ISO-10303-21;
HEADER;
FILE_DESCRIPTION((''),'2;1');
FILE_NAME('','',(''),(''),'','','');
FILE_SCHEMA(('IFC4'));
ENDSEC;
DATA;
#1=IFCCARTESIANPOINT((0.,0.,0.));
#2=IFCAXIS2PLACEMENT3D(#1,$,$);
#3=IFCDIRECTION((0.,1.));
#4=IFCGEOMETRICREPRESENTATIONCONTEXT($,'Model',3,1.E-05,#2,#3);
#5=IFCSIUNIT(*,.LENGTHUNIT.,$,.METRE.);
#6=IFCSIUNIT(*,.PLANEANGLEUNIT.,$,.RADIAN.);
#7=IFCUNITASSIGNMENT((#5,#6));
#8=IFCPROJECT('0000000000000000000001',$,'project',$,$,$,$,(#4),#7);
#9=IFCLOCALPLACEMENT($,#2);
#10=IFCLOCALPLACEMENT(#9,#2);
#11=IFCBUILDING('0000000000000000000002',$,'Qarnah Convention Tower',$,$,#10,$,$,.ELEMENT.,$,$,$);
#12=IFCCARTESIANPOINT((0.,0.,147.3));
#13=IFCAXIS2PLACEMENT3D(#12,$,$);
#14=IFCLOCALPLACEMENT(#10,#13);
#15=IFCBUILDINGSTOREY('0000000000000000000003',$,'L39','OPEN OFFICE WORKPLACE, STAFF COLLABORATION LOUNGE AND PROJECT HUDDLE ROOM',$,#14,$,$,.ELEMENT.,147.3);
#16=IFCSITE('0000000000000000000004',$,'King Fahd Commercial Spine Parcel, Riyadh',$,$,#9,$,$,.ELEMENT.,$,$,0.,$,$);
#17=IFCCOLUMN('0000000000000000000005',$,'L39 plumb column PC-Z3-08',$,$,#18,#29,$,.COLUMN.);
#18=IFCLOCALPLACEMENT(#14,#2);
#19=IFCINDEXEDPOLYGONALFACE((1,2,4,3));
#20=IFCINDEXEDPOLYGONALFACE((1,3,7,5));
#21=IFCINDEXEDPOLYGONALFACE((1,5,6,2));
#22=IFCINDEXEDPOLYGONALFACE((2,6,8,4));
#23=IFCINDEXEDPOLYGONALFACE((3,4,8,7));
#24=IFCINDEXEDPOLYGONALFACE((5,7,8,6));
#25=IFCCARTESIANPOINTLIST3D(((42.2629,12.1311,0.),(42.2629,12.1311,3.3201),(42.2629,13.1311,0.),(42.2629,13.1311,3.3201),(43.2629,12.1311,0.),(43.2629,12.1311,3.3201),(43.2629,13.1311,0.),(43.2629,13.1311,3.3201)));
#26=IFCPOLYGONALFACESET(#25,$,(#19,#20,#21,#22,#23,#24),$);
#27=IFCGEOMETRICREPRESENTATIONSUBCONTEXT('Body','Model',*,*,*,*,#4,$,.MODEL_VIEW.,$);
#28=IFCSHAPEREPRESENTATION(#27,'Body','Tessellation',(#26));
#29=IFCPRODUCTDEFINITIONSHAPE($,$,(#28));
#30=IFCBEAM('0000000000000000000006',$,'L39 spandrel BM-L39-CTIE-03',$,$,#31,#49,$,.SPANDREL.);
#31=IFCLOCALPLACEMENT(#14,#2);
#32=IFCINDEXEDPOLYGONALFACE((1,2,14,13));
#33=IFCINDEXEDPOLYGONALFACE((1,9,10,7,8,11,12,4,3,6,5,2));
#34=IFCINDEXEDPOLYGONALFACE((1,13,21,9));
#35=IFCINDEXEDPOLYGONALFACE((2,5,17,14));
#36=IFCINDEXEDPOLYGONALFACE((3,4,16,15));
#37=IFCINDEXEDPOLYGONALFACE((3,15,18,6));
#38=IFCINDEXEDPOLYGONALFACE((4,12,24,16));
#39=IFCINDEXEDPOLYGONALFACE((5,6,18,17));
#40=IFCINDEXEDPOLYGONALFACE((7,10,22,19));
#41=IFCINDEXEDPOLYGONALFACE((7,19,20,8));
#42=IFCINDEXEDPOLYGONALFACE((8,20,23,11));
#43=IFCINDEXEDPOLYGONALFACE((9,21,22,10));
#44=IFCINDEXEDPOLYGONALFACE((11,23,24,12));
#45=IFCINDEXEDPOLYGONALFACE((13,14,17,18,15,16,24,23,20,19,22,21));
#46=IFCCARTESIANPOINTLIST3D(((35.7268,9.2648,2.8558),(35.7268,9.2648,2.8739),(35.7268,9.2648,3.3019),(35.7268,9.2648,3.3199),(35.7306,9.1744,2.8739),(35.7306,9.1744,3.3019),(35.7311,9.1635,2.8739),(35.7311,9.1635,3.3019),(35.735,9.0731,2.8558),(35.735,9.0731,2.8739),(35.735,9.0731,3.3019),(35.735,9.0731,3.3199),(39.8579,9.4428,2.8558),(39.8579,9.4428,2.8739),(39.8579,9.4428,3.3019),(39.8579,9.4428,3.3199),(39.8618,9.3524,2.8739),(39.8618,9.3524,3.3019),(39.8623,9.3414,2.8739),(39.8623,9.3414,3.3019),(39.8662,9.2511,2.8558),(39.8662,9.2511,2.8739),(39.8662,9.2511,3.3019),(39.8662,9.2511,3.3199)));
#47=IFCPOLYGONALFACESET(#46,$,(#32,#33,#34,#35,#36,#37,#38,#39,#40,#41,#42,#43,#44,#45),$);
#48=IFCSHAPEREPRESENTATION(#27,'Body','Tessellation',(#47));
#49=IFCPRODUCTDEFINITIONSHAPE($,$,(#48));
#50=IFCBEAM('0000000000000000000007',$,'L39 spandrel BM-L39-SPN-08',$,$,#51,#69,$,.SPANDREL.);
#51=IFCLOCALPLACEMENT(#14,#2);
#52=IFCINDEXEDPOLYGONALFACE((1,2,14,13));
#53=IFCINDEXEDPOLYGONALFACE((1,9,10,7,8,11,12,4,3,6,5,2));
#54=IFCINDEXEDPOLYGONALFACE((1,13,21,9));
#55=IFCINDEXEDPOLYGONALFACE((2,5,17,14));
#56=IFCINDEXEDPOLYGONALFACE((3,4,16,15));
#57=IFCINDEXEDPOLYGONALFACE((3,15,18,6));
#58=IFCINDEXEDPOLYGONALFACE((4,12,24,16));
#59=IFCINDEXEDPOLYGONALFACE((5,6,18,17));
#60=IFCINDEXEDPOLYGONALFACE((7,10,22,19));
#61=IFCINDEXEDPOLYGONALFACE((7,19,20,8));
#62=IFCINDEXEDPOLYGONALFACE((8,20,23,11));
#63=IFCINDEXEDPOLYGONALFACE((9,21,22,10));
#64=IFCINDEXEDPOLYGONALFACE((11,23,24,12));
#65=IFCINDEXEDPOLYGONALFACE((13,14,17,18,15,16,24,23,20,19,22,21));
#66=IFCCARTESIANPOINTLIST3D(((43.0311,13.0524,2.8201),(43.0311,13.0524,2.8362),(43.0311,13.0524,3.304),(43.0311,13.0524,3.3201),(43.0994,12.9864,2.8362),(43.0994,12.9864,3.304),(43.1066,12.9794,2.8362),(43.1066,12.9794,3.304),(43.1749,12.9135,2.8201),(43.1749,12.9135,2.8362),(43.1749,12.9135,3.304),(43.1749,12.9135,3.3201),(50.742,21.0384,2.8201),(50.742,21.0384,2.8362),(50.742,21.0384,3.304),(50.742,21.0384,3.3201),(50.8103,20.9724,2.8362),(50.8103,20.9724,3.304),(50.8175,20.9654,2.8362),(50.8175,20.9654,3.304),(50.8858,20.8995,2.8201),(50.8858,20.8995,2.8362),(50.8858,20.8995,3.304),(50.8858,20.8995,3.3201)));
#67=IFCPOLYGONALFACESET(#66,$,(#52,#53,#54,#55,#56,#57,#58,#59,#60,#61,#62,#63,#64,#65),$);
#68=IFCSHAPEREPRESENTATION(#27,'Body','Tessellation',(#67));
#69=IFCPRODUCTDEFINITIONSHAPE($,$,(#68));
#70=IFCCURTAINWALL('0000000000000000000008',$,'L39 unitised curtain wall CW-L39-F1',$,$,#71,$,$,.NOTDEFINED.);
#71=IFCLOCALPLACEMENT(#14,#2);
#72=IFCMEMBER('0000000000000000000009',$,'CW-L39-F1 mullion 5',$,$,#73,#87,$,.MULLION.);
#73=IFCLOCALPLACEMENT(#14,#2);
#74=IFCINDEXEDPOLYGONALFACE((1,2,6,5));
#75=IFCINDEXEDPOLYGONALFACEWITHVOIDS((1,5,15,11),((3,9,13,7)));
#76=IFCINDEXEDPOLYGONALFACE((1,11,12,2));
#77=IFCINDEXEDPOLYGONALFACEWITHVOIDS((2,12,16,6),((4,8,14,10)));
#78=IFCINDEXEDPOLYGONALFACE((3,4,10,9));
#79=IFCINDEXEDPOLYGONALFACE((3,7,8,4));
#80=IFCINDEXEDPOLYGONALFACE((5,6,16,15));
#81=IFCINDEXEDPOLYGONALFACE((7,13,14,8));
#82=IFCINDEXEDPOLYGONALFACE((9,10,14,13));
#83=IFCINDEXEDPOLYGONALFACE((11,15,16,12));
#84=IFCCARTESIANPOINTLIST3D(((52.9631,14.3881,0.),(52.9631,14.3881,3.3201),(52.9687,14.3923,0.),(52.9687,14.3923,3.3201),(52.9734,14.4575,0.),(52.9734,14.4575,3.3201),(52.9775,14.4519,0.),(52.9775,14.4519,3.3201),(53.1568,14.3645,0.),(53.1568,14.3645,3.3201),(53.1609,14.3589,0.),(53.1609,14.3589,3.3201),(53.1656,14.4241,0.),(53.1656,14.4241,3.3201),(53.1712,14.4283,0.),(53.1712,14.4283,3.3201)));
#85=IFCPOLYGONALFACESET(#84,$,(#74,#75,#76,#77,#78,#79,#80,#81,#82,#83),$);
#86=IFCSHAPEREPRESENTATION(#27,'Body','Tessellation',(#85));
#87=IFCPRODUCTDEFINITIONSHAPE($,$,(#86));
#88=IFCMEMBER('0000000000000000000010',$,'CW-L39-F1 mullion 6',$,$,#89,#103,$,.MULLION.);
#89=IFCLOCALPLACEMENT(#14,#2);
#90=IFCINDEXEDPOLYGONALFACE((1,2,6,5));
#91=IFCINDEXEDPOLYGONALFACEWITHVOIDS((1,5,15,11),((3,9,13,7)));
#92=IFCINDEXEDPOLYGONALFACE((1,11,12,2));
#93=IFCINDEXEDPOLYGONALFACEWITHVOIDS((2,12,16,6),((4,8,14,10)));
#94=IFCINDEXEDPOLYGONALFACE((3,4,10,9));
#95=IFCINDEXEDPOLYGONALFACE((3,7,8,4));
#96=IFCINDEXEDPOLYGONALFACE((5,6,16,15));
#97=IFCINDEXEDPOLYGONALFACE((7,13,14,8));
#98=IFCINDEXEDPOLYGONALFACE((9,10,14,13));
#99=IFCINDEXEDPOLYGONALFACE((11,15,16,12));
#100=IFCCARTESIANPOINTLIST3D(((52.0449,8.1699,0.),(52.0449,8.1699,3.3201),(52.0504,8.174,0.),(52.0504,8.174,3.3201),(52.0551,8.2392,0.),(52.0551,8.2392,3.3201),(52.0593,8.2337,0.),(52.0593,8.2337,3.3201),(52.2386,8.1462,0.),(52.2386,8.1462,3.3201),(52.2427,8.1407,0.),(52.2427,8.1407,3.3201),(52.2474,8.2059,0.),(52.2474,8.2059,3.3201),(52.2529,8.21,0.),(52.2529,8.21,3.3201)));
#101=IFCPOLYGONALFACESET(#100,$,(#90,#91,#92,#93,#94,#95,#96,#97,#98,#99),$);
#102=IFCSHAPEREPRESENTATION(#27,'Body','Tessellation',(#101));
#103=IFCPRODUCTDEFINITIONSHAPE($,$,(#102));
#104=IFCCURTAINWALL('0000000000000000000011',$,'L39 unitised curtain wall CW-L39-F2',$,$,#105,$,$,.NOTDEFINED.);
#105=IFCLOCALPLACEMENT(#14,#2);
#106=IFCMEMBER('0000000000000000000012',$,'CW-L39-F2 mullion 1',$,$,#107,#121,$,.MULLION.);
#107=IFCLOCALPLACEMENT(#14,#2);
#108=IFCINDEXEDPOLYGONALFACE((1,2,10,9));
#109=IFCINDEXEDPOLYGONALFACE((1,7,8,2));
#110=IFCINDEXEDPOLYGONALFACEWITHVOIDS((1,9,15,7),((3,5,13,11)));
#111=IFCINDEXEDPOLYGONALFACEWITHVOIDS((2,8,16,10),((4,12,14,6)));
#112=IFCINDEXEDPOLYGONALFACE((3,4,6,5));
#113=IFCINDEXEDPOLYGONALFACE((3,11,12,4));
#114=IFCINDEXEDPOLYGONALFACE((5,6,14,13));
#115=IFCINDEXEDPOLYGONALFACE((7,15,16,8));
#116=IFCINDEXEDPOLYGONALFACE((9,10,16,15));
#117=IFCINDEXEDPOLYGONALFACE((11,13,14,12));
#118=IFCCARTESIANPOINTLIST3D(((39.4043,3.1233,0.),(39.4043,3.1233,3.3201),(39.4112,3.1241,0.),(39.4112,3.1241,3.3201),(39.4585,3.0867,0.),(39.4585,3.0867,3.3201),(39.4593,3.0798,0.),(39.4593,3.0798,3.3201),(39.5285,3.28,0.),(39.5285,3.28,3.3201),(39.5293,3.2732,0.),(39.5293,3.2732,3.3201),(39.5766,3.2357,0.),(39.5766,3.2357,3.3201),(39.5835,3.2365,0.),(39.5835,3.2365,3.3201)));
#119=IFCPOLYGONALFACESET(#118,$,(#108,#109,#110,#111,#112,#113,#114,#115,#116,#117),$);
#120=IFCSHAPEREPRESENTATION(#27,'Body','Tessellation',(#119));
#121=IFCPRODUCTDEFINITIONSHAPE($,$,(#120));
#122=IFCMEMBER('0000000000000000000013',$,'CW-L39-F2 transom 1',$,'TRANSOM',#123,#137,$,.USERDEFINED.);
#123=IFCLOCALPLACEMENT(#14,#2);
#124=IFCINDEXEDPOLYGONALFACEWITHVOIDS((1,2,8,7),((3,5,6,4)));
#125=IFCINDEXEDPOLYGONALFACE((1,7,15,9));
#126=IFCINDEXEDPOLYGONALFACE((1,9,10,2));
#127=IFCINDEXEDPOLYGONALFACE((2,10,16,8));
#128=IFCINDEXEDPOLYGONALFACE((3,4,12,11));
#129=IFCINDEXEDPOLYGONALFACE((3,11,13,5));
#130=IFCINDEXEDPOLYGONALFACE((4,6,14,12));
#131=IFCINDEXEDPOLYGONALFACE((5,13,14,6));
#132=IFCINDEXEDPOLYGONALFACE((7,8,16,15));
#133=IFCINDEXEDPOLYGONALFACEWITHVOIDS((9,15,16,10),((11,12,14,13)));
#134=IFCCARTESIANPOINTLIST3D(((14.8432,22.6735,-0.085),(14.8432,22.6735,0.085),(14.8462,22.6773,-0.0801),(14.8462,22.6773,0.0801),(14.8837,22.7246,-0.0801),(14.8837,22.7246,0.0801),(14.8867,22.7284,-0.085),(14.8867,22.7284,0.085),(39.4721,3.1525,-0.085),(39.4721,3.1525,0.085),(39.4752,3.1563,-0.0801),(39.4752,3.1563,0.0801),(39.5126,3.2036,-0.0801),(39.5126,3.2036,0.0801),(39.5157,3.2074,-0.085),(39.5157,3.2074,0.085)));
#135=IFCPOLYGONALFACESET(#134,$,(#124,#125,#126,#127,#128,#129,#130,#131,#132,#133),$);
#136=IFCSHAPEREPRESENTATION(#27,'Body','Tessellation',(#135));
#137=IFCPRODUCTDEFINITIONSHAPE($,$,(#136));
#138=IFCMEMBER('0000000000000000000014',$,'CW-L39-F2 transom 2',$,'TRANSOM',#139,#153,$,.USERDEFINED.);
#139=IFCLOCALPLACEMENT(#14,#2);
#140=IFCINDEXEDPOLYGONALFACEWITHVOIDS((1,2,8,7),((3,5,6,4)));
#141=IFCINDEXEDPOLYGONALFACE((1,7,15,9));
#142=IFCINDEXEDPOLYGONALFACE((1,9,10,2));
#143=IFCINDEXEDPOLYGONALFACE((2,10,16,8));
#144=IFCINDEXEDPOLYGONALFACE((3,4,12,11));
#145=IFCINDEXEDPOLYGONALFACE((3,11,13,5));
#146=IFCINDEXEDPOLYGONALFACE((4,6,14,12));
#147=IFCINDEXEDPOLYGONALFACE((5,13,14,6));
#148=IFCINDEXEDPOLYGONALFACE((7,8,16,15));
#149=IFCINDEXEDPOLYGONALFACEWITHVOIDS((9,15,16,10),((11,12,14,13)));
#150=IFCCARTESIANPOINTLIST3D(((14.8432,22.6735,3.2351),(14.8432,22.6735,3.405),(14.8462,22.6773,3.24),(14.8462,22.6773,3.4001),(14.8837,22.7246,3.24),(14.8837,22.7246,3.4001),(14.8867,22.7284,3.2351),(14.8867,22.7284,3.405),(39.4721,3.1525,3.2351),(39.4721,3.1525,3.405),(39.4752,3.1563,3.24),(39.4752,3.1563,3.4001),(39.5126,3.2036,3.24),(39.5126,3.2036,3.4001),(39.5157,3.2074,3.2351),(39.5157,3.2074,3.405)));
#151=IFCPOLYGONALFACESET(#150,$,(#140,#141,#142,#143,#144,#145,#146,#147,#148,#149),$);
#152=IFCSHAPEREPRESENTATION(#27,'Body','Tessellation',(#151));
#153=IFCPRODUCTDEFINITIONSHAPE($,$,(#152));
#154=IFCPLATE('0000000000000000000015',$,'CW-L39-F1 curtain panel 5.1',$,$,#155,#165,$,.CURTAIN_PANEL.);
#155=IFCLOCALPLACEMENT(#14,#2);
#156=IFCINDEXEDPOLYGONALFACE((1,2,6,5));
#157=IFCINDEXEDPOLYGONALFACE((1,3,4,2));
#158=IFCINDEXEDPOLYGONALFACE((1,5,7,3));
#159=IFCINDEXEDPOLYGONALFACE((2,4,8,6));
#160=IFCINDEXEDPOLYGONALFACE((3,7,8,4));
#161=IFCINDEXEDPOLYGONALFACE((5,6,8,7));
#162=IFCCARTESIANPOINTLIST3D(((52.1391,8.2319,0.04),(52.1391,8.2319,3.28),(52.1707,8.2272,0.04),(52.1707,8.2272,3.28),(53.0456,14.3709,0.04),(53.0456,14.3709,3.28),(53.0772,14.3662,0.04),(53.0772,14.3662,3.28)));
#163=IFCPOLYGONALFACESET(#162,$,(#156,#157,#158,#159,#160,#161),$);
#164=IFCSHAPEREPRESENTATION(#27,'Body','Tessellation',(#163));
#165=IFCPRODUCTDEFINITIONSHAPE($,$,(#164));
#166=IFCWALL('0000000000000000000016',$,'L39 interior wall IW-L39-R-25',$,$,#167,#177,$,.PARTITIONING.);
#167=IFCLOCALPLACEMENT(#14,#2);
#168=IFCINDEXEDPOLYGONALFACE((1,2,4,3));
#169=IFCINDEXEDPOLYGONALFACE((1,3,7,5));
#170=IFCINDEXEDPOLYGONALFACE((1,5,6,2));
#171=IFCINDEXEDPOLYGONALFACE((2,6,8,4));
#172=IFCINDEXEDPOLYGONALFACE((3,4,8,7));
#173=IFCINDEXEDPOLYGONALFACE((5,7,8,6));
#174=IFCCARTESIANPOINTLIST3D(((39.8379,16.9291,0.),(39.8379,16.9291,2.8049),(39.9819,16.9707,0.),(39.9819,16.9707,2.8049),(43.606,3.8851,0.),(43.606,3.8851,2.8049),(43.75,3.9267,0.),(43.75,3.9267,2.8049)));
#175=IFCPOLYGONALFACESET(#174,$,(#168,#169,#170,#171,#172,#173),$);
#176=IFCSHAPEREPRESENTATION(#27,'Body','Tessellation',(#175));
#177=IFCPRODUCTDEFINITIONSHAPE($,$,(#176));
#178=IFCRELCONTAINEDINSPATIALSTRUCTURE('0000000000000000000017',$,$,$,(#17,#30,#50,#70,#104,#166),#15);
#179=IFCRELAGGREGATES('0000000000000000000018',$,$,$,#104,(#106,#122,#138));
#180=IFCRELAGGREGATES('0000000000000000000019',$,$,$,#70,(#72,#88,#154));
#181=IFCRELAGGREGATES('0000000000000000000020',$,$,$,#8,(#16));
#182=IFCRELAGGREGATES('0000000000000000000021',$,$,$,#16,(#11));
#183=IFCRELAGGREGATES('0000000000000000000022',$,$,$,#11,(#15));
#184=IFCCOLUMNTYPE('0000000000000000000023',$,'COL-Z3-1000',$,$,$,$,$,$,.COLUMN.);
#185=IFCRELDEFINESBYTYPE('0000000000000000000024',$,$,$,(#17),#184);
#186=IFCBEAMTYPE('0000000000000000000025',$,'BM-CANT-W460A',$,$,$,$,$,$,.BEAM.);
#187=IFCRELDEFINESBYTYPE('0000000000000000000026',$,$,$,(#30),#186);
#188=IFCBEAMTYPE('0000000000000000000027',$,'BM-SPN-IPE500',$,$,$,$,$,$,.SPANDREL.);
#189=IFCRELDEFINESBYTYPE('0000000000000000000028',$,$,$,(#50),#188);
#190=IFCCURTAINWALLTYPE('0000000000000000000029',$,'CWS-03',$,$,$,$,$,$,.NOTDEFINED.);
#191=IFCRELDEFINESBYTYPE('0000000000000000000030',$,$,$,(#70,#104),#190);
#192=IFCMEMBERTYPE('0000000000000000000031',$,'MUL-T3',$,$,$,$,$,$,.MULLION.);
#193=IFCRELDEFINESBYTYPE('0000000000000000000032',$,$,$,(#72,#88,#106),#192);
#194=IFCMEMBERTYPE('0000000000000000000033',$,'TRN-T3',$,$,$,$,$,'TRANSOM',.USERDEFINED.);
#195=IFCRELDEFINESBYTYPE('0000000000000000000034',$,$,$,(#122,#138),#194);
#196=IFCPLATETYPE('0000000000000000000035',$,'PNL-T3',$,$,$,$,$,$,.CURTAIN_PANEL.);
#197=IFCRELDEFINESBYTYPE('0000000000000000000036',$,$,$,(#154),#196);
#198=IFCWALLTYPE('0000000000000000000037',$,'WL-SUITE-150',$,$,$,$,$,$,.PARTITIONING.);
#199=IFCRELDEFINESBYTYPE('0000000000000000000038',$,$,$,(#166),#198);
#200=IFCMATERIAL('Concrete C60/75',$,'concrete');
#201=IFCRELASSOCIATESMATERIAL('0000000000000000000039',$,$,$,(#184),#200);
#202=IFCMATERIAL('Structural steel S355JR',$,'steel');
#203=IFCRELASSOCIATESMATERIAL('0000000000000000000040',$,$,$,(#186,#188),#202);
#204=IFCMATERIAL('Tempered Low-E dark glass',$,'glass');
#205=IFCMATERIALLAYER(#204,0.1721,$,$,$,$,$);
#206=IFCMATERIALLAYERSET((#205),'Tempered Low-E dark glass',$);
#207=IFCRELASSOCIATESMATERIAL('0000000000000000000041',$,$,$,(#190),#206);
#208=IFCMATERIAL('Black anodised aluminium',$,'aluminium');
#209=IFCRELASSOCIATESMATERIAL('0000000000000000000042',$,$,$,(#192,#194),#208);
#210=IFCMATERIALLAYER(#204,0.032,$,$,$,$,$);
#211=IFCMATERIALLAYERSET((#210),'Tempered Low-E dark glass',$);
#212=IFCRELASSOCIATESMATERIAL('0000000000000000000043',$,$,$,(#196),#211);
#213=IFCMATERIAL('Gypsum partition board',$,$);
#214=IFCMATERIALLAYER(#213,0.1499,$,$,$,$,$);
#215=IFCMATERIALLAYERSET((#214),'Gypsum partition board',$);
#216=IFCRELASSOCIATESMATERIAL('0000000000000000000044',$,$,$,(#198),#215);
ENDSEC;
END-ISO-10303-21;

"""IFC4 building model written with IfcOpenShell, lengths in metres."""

from ifc_helpers import new_model, si_unit, direction, frame, frame_2d, origin, origin_2d, place, context, subcontext, project, spatial, rectangle, hollow_rectangle, i_section, extrude, material, layer, layer_set, material_profile, profile_set, type_object, element, aggregate, save


model = new_model("IFC4")

# Units and contexts
model_context = context("Model", 3, precision=1e-05, world=origin(), true_north=direction((0.0, 1.0)))
body_context = subcontext(model_context, "Body", "Model", "MODEL_VIEW")
ifc_project = project(units=[si_unit("LENGTHUNIT", "METRE"), si_unit("PLANEANGLEUNIT", "RADIAN")], contexts=[model_context])

# Site, building, storey
site_placement = place(None, origin())
site = spatial("IfcSite", under=ifc_project, at=site_placement, Name="King Fahd Commercial Spine Parcel, Riyadh", CompositionType="ELEMENT", RefElevation=0.0)
building_placement = place(site_placement, origin())
building = spatial("IfcBuilding", under=site, at=building_placement, Name="Qarnah Convention Tower", CompositionType="ELEMENT")
storey_placement = place(building_placement, frame((0.0, 0.0, 147.3)))
storey = spatial("IfcBuildingStorey", under=building, at=storey_placement, Name="L39", Description="OPEN OFFICE WORKPLACE, STAFF COLLABORATION LOUNGE AND PROJECT HUDDLE ROOM", CompositionType="ELEMENT", Elevation=147.3)

# Column
ifc_material_1 = material(Name="Concrete C60/75", Category="concrete")
ifc_material_profile_1 = material_profile(ifc_material_1, rectangle(XDim=1.0, YDim=1.0, at=origin_2d()), Name="RC-COL-1000X1000")
ifc_profile_set_1 = profile_set([ifc_material_profile_1], Name="Concrete C60/75")
column_type = type_object("IfcColumnType", Name="COL-Z3-1000", PredefinedType="COLUMN", material=ifc_profile_set_1)
column_placement = place(storey_placement, frame((42.7629, 12.6311, 0.0), z_axis=(0.0, 0.0, 1.0), x_axis=(1.0, 0.0, 0.0)))
element("IfcColumn", 1, at=column_placement, inside=storey, type_object=column_type, Name="L39 plumb column PC-Z3-08", PredefinedType="COLUMN", context=body_context, shape_type="SweptSolid", body=[
    extrude(rectangle(XDim=1.0, YDim=1.0, at=origin_2d()), origin(), (0.0, 0.0, 1.0), 3.3201),
])

# Beams
ifc_material_2 = material(Name="Structural steel S355JR", Category="steel")
ifc_material_profile_2 = material_profile(ifc_material_2, i_section(OverallWidth=0.1919, OverallDepth=0.4641, WebThickness=0.011, FlangeThickness=0.0181, at=origin_2d()), Name="W460X89")
ifc_profile_set_2 = profile_set([ifc_material_profile_2], Name="Structural steel S355JR")
beam_type_1 = type_object("IfcBeamType", Name="BM-CANT-W460A", PredefinedType="BEAM", material=ifc_profile_set_2)
beam_1_placement = place(storey_placement, frame((39.8621, 9.3469, 3.0879), z_axis=(-0.999073, -0.043043, 0.0), x_axis=(0.043043, -0.999073, 0.0)))
element("IfcBeam", 2, at=beam_1_placement, inside=storey, type_object=beam_type_1, Name="L39 spandrel BM-L39-CTIE-03", PredefinedType="SPANDREL", context=body_context, shape_type="SweptSolid", body=[
    extrude(i_section(OverallWidth=0.1919, OverallDepth=0.4641, WebThickness=0.011, FlangeThickness=0.0181, at=origin_2d()), origin(), (0.0, 0.0, 1.0), 4.135),
])
ifc_material_profile_3 = material_profile(ifc_material_2, i_section(OverallWidth=0.2, OverallDepth=0.5, WebThickness=0.01, FlangeThickness=0.0161, at=origin_2d()), Name="IPE500")
ifc_profile_set_3 = profile_set([ifc_material_profile_3], Name="Structural steel S355JR")
beam_type_2 = type_object("IfcBeamType", Name="BM-SPN-IPE500", PredefinedType="SPANDREL", material=ifc_profile_set_3)
beam_2_placement = place(storey_placement, frame((43.103, 12.9829, 3.0701), z_axis=(0.694606, 0.719391, 0.0), x_axis=(-0.719391, 0.694606, 0.0)))
element("IfcBeam", 3, at=beam_2_placement, inside=storey, type_object=beam_type_2, Name="L39 spandrel BM-L39-SPN-08", PredefinedType="SPANDREL", context=body_context, shape_type="SweptSolid", body=[
    extrude(i_section(OverallWidth=0.2, OverallDepth=0.5, WebThickness=0.01, FlangeThickness=0.0161, at=origin_2d()), origin(), (0.0, 0.0, 1.0), 11.1011),
])

# Curtain walls, members
ifc_material_3 = material(Name="Tempered Low-E dark glass", Category="glass")
ifc_layer_1 = layer(ifc_material_3, 0.1721)
ifc_layer_set_1 = layer_set([ifc_layer_1], Name="Tempered Low-E dark glass")
curtain_wall_type = type_object("IfcCurtainWallType", Name="CWS-03", PredefinedType="NOTDEFINED", material=ifc_layer_set_1)
curtain_wall_1_placement = place(storey_placement, origin())
curtain_wall_1 = element("IfcCurtainWall", 4, at=curtain_wall_1_placement, inside=storey, type_object=curtain_wall_type, Name="L39 unitised curtain wall CW-L39-F1", PredefinedType="NOTDEFINED")
ifc_material_4 = material(Name="Black anodised aluminium", Category="aluminium")
ifc_material_profile_4 = material_profile(ifc_material_4, hollow_rectangle(XDim=0.0701, YDim=0.2, WallThickness=0.0049, at=origin_2d()), Name="MUL-70X200")
ifc_profile_set_4 = profile_set([ifc_material_profile_4], Name="Black anodised aluminium")
member_type_1 = type_object("IfcMemberType", Name="MUL-T3", PredefinedType="MULLION", material=ifc_profile_set_4)
member_1_placement = place(storey_placement, frame((53.0671, 14.4082, 0.0), z_axis=(0.0, 0.0, 1.0), x_axis=(-0.146079, -0.989273, 0.0)))
member_1 = element("IfcMember", 5, at=member_1_placement, type_object=member_type_1, Name="CW-L39-F1 mullion 5", PredefinedType="MULLION", context=body_context, shape_type="SweptSolid", body=[
    extrude(hollow_rectangle(XDim=0.0701, YDim=0.2, WallThickness=0.0049, at=origin_2d()), origin(), (0.0, 0.0, 1.0), 3.3201),
])
member_2_placement = place(storey_placement, frame((52.1489, 8.1899, 0.0), z_axis=(0.0, 0.0, 1.0), x_axis=(-0.146079, -0.989273, 0.0)))
member_2 = element("IfcMember", 6, at=member_2_placement, type_object=member_type_1, Name="CW-L39-F1 mullion 6", PredefinedType="MULLION", context=body_context, shape_type="SweptSolid", body=[
    extrude(hollow_rectangle(XDim=0.0701, YDim=0.2, WallThickness=0.0049, at=origin_2d()), origin(), (0.0, 0.0, 1.0), 3.3201),
])
curtain_wall_2_placement = place(storey_placement, origin())
curtain_wall_2 = element("IfcCurtainWall", 7, at=curtain_wall_2_placement, inside=storey, type_object=curtain_wall_type, Name="L39 unitised curtain wall CW-L39-F2", PredefinedType="NOTDEFINED")
member_3_placement = place(storey_placement, frame((39.4939, 3.1799, 0.0), z_axis=(0.0, 0.0, 1.0), x_axis=(-0.783689, 0.621154, 0.0)))
member_3 = element("IfcMember", 8, at=member_3_placement, type_object=member_type_1, Name="CW-L39-F2 mullion 1", PredefinedType="MULLION", context=body_context, shape_type="SweptSolid", body=[
    extrude(hollow_rectangle(XDim=0.0701, YDim=0.2, WallThickness=0.0049, at=origin_2d()), origin(), (0.0, 0.0, 1.0), 3.3201),
])
ifc_material_profile_5 = material_profile(ifc_material_4, hollow_rectangle(XDim=0.0701, YDim=0.1699, WallThickness=0.0049, at=origin_2d()), Name="TRN-70X170")
ifc_profile_set_5 = profile_set([ifc_material_profile_5], Name="Black anodised aluminium")
member_type_2 = type_object("IfcMemberType", Name="TRN-T3", ElementType="TRANSOM", PredefinedType="USERDEFINED", material=ifc_profile_set_5)
member_4_placement = place(storey_placement, frame((39.4939, 3.1799, 0.0), z_axis=(-0.783688, 0.621155, 0.0), x_axis=(-0.621155, -0.783688, 0.0)))
member_4 = element("IfcMember", 9, at=member_4_placement, type_object=member_type_2, Name="CW-L39-F2 transom 1", ObjectType="TRANSOM", PredefinedType="USERDEFINED", context=body_context, shape_type="SweptSolid", body=[
    extrude(hollow_rectangle(XDim=0.0701, YDim=0.1699, WallThickness=0.0049, at=origin_2d()), origin(), (0.0, 0.0, 1.0), 31.427),
])
member_5_placement = place(storey_placement, frame((39.4939, 3.1799, 3.3201), z_axis=(-0.783688, 0.621155, 0.0), x_axis=(-0.621155, -0.783688, 0.0)))
member_5 = element("IfcMember", 10, at=member_5_placement, type_object=member_type_2, Name="CW-L39-F2 transom 2", ObjectType="TRANSOM", PredefinedType="USERDEFINED", context=body_context, shape_type="SweptSolid", body=[
    extrude(hollow_rectangle(XDim=0.0701, YDim=0.1699, WallThickness=0.0049, at=origin_2d()), origin(), (0.0, 0.0, 1.0), 31.427),
])
aggregate(curtain_wall_2, [member_3, member_4, member_5])

# Plate
ifc_layer_2 = layer(ifc_material_3, 0.032)
ifc_layer_set_2 = layer_set([ifc_layer_2], Name="Tempered Low-E dark glass")
plate_type = type_object("IfcPlateType", Name="PNL-T3", PredefinedType="CURTAIN_PANEL", material=ifc_layer_set_2)
plate_placement = place(storey_placement, frame((52.6082, 11.2991, 0.04), z_axis=(0.0, 0.0, 1.0), x_axis=(-0.146079, -0.989273, 0.0)))
plate = element("IfcPlate", 11, at=plate_placement, type_object=plate_type, Name="CW-L39-F1 curtain panel 5.1", PredefinedType="CURTAIN_PANEL", context=body_context, shape_type="SweptSolid", body=[
    extrude(rectangle(XDim=6.2056, YDim=0.032, at=origin_2d()), origin(), (0.0, 0.0, 1.0), 3.24),
])
aggregate(curtain_wall_1, [member_1, member_2, plate])

# Wall
ifc_material_5 = material(Name="Gypsum partition board")
ifc_layer_3 = layer(ifc_material_5, 0.1499)
ifc_layer_set_3 = layer_set([ifc_layer_3], Name="Gypsum partition board")
wall_type_1 = type_object("IfcWallType", Name="WL-SUITE-150", PredefinedType="PARTITIONING", material=ifc_layer_set_3)
wall_1_placement = place(storey_placement, frame((43.678, 3.906, 0.0), z_axis=(0.0, 0.0, 1.0), x_axis=(-0.277527, 0.960718, 0.0)))
element("IfcWall", 12, at=wall_1_placement, inside=storey, type_object=wall_type_1, Name="L39 interior wall IW-L39-R-25", PredefinedType="PARTITIONING", context=body_context, shape_type="SweptSolid", body=[
    extrude(rectangle(XDim=13.5774, YDim=0.1499, at=frame_2d((6.7886, 0.0))), origin(), (0.0, 0.0, 1.0), 2.8049),
])

save(model, "model.ifc")
